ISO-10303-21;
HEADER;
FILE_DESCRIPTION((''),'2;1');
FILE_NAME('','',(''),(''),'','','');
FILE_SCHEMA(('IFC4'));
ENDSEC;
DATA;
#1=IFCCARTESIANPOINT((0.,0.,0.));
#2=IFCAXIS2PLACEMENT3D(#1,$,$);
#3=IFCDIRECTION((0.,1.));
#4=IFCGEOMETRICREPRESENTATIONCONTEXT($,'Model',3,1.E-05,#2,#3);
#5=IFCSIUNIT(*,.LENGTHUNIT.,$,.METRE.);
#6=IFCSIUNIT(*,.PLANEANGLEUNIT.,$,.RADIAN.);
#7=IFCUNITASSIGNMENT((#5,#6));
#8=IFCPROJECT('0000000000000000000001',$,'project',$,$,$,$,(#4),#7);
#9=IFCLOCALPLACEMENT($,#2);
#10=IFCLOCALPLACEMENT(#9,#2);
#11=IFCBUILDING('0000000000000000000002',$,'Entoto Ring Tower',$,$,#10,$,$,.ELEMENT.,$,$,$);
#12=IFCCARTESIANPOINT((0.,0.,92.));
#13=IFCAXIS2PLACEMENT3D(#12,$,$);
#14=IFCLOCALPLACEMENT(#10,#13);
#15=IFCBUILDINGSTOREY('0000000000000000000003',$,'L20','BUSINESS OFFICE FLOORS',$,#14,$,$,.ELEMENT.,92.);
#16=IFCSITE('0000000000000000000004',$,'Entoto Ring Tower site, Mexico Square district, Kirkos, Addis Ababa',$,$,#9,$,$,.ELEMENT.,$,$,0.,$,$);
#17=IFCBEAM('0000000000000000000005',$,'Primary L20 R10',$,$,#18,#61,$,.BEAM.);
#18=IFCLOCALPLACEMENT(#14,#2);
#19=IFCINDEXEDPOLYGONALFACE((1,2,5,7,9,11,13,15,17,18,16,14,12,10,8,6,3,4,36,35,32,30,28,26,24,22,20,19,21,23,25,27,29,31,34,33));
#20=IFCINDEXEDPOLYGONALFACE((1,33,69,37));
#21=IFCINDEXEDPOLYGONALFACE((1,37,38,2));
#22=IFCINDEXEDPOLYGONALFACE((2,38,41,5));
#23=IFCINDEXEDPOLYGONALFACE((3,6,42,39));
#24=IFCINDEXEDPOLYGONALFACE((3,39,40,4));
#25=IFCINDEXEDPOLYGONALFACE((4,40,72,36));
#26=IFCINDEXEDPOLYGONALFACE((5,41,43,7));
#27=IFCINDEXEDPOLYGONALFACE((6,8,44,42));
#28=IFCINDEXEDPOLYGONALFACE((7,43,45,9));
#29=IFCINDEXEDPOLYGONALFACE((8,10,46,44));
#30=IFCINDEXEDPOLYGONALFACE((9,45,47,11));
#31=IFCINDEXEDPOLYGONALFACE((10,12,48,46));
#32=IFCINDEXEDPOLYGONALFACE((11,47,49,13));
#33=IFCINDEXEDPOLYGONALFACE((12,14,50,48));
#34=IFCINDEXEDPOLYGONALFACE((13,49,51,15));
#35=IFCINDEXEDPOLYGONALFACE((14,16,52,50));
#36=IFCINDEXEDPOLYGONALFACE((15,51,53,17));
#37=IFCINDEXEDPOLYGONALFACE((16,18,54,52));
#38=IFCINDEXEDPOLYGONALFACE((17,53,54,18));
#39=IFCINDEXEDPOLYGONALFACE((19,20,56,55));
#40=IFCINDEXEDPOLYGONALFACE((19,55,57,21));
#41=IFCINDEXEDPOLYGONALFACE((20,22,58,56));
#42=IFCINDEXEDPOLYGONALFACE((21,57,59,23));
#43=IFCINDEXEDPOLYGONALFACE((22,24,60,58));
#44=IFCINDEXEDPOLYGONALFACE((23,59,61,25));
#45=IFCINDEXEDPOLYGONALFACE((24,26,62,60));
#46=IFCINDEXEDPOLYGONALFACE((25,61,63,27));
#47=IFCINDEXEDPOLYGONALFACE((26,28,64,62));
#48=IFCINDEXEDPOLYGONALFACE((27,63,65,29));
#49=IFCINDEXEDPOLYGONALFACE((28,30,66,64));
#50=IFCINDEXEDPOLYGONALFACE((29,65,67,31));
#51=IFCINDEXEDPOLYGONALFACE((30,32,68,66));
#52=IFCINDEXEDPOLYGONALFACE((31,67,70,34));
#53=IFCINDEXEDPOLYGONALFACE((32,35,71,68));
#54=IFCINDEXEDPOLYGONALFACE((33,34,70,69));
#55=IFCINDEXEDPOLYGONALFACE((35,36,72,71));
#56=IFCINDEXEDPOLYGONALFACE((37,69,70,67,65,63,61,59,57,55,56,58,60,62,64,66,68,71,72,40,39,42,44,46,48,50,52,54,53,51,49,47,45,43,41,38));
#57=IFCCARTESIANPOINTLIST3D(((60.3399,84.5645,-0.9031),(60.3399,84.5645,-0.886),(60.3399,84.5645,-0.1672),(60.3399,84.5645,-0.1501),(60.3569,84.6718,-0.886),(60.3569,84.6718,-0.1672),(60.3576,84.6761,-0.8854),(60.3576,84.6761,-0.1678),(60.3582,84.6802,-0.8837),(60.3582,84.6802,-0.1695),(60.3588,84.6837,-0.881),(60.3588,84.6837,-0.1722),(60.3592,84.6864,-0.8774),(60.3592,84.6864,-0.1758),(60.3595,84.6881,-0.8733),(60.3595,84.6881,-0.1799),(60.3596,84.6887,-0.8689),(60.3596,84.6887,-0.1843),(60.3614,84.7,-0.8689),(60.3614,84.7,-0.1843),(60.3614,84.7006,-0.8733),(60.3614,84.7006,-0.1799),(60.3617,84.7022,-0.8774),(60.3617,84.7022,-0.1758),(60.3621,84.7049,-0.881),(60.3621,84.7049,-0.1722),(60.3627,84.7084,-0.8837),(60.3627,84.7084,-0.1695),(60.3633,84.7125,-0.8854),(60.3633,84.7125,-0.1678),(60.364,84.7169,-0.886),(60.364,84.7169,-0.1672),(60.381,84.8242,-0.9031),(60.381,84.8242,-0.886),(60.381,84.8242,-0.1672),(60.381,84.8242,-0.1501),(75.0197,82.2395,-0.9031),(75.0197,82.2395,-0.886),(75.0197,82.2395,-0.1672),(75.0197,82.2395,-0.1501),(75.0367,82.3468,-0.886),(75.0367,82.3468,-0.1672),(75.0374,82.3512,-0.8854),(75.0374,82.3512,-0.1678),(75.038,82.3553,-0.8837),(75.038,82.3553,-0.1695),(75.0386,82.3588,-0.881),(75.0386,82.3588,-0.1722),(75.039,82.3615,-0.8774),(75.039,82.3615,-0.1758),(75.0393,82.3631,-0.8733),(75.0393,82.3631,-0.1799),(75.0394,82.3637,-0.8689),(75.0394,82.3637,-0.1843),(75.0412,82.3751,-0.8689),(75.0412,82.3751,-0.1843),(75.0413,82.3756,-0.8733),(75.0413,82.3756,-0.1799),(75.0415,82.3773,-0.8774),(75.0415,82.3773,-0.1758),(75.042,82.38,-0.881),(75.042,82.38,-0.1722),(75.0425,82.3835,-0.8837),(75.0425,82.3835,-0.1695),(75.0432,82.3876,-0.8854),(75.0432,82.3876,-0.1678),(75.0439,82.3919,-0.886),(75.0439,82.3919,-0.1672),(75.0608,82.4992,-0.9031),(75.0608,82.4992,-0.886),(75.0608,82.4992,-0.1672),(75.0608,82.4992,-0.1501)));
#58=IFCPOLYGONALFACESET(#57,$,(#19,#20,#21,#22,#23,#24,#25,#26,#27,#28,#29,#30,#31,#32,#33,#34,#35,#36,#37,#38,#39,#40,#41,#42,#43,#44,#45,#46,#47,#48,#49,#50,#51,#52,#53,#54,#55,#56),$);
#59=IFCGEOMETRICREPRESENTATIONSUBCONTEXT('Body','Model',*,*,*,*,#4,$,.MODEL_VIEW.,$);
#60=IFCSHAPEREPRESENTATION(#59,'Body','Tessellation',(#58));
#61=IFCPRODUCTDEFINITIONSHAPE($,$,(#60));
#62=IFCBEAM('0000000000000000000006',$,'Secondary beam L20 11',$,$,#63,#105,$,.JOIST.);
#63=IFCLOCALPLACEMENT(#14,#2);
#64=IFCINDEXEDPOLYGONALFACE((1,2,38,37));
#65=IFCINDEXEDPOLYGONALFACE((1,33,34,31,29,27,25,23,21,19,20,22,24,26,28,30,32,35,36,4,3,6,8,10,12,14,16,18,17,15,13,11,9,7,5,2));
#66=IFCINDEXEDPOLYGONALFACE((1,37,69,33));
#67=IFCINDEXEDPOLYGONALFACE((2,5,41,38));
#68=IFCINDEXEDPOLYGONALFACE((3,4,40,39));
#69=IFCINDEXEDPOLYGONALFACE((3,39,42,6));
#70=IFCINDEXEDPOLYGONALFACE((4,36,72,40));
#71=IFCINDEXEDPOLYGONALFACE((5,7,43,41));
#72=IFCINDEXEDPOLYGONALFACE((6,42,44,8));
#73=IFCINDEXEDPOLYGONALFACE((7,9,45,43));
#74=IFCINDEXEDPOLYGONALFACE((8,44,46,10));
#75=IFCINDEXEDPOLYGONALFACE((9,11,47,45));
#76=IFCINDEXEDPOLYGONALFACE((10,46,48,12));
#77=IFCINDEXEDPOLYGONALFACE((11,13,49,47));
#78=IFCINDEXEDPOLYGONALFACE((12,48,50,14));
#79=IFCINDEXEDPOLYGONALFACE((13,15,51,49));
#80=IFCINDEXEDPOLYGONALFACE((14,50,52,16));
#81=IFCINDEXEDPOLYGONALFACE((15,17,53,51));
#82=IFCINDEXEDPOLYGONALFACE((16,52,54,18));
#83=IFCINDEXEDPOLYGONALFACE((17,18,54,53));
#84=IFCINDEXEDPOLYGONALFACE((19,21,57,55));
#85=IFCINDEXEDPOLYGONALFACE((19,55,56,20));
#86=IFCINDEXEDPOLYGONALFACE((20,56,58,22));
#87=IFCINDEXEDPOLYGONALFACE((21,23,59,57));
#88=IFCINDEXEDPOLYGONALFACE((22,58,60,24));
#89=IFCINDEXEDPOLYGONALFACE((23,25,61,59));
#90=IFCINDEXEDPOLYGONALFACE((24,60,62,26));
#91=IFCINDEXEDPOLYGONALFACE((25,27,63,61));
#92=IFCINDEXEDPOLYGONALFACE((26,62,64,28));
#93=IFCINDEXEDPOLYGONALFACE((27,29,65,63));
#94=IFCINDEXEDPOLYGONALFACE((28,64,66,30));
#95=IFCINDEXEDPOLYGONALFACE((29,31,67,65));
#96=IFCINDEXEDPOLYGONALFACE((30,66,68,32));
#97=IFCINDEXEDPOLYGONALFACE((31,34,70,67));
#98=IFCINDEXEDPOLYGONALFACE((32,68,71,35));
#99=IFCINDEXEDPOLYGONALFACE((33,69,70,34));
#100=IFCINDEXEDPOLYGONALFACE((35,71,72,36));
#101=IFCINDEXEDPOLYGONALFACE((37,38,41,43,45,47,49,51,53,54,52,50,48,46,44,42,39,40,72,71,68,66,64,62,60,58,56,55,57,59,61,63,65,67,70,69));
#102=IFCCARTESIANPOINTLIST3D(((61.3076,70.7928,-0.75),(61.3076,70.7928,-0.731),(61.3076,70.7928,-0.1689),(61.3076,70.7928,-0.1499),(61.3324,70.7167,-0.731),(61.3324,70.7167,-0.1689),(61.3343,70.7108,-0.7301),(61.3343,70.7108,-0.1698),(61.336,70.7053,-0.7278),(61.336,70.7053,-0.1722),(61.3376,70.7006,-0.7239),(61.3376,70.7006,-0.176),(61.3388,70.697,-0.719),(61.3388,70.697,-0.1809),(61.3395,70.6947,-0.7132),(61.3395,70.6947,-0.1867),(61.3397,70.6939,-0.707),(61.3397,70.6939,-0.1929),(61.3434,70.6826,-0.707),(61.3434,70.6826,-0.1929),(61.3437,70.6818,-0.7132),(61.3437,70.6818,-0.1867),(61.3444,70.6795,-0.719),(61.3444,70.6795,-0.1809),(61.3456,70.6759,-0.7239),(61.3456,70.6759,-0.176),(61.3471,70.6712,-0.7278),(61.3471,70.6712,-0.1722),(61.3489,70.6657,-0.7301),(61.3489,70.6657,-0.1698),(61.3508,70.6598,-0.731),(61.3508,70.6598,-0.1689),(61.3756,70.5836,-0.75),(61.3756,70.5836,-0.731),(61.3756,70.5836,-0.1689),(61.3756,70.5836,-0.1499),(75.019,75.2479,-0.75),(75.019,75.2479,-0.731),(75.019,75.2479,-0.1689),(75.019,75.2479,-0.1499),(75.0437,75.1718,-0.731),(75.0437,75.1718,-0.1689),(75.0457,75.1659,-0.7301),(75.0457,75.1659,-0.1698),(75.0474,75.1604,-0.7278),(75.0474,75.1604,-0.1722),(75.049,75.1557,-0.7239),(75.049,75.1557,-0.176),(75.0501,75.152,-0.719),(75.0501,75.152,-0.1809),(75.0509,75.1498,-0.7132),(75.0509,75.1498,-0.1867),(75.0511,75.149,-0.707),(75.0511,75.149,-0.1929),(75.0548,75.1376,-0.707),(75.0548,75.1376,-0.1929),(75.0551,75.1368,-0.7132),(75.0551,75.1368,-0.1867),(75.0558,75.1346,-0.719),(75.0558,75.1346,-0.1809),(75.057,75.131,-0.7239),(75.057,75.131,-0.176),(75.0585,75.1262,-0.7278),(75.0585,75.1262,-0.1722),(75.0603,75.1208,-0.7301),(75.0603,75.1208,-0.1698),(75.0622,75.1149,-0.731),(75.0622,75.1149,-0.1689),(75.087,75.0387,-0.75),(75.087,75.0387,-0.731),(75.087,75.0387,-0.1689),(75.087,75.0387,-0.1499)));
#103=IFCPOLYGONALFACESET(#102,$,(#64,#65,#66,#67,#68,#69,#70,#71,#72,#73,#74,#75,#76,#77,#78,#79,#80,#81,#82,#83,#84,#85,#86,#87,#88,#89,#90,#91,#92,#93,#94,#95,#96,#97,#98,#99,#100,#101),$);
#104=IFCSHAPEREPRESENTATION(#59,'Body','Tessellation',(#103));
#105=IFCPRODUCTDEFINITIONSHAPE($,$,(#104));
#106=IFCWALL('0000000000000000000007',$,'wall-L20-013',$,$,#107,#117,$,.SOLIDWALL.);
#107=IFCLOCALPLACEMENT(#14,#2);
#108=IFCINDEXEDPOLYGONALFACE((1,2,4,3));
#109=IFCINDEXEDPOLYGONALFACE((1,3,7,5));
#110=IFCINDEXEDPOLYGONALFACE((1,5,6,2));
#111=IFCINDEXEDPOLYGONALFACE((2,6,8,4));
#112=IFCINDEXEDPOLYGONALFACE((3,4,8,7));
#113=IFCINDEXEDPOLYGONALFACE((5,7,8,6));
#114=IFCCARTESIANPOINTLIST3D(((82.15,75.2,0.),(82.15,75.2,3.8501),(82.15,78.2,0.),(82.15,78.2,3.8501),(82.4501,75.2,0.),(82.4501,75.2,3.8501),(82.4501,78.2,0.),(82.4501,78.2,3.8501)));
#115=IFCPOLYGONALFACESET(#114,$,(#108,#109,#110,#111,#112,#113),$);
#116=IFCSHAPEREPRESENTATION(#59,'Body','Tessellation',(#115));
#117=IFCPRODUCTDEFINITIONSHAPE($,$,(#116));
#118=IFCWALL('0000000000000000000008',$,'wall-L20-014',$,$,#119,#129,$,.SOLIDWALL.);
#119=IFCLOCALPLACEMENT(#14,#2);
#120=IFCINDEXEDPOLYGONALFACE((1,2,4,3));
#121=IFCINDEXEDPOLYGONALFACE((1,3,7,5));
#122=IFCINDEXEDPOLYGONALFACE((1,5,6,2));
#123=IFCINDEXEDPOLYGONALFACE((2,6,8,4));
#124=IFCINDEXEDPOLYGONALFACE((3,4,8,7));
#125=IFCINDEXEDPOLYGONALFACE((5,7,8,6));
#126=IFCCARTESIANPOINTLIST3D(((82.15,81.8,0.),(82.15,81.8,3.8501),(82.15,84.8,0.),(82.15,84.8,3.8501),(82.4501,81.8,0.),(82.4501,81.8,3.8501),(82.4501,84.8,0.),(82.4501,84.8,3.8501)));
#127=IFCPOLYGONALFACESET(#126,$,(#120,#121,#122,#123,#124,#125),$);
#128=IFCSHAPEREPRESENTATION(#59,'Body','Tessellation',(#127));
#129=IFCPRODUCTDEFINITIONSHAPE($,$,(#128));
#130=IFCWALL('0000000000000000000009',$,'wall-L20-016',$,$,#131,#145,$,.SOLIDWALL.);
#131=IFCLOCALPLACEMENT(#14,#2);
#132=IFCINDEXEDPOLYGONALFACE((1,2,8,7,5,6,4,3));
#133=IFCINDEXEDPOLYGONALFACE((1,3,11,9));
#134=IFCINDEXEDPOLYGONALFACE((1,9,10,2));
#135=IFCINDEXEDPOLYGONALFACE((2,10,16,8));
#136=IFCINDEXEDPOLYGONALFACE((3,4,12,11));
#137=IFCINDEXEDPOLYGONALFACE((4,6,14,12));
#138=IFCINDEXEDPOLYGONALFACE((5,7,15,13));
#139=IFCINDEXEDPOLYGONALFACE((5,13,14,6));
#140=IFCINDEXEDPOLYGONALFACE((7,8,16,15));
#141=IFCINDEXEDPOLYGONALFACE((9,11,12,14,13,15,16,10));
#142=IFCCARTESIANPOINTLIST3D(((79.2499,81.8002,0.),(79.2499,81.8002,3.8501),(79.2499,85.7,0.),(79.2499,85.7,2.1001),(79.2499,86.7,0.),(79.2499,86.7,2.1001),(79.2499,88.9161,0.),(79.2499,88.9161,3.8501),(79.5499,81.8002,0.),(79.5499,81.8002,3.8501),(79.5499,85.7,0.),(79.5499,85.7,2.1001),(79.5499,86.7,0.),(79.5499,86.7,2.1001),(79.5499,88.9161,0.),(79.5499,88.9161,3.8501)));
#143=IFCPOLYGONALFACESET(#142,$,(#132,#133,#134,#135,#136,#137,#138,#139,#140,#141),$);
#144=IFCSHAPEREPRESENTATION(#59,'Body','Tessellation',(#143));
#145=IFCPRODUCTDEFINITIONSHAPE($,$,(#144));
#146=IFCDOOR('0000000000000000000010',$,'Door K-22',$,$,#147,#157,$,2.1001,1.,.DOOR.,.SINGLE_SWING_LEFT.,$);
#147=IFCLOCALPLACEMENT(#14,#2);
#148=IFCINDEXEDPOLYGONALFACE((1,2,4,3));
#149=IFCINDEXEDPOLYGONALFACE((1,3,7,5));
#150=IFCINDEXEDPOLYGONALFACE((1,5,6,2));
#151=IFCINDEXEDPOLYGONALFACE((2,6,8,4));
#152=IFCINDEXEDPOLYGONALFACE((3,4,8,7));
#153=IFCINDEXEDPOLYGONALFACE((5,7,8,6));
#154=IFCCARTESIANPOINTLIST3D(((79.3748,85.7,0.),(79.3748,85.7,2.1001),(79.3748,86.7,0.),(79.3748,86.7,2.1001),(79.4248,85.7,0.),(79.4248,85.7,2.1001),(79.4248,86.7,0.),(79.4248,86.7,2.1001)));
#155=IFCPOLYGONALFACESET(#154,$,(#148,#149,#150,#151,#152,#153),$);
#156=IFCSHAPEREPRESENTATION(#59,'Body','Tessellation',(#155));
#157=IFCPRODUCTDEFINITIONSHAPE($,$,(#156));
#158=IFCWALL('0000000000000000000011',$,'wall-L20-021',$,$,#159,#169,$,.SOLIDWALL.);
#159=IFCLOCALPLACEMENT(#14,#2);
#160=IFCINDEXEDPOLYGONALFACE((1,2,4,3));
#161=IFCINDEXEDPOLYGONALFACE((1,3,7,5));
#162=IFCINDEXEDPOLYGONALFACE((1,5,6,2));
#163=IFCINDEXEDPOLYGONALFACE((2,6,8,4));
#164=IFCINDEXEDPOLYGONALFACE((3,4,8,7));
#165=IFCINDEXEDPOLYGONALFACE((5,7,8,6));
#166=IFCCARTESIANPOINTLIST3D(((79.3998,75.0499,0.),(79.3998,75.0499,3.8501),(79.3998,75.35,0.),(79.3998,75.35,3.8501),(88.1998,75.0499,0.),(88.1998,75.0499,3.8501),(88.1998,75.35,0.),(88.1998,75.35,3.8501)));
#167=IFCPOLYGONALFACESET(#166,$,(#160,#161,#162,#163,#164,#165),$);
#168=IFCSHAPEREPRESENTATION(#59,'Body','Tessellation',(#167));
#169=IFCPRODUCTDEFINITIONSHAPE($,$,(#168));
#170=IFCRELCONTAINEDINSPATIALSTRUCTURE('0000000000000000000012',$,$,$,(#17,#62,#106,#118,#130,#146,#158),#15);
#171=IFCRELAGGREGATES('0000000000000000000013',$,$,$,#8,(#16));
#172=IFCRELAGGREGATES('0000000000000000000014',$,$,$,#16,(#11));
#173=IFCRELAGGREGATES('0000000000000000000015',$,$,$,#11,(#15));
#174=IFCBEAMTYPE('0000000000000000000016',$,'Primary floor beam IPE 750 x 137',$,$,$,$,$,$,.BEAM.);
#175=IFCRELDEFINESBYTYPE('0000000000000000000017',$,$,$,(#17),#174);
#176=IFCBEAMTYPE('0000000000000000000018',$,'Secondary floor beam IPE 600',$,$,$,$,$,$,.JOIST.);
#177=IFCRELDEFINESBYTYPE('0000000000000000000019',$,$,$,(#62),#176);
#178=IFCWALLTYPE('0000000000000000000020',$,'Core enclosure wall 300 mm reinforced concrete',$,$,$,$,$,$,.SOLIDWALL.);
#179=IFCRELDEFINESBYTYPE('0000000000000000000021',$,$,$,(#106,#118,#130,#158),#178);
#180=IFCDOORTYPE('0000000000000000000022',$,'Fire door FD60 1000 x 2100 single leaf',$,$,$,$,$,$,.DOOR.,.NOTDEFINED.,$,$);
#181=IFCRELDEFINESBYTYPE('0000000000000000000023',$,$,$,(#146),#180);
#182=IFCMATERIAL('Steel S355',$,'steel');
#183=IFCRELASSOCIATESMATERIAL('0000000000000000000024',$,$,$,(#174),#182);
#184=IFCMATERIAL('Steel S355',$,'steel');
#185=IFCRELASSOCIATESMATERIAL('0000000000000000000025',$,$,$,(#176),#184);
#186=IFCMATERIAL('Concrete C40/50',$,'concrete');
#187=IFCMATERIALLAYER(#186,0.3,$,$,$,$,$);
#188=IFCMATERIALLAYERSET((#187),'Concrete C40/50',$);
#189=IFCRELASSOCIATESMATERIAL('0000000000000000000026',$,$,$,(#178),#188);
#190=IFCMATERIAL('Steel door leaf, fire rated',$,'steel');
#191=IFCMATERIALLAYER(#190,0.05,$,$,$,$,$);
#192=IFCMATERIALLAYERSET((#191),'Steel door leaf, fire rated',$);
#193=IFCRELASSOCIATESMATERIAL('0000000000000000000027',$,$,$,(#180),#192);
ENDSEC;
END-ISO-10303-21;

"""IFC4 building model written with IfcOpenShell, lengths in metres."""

from ifc_helpers import new_model, si_unit, direction, frame, frame_2d, origin, origin_2d, place, context, subcontext, project, spatial, rectangle, i_section, extrude, material, layer, layer_set, material_profile, profile_set, type_object, element, fill, save


model = new_model("IFC4")

# Units and contexts
model_context = context("Model", 3, precision=1e-05, world=origin(), true_north=direction((0.0, 1.0)))
body_context = subcontext(model_context, "Body", "Model", "MODEL_VIEW")
ifc_project = project(units=[si_unit("LENGTHUNIT", "METRE"), si_unit("PLANEANGLEUNIT", "RADIAN")], contexts=[model_context])

# Site, building, storey
site_placement = place(None, origin())
site = spatial("IfcSite", under=ifc_project, at=site_placement, Name="Entoto Ring Tower site, Mexico Square district, Kirkos, Addis Ababa", CompositionType="ELEMENT", RefElevation=0.0)
building_placement = place(site_placement, origin())
building = spatial("IfcBuilding", under=site, at=building_placement, Name="Entoto Ring Tower", CompositionType="ELEMENT")
storey_placement = place(building_placement, frame((0.0, 0.0, 92.0)))
storey = spatial("IfcBuildingStorey", under=building, at=storey_placement, Name="L20", Description="BUSINESS OFFICE FLOORS", CompositionType="ELEMENT", Elevation=92.0)

# Beams
ifc_material_1 = material(Name="Steel S355", Category="steel")
ifc_material_profile_1 = material_profile(ifc_material_1, i_section(OverallWidth=0.2629, OverallDepth=0.7529, WebThickness=0.0115, FlangeThickness=0.0171, FilletRadius=0.0171, at=origin_2d()), Name="IPE 750 x 137")
ifc_profile_set_1 = profile_set([ifc_material_profile_1], Name="Steel S355")
beam_type_1 = type_object("IfcBeamType", Name="Primary floor beam IPE 750 x 137", PredefinedType="BEAM", material=ifc_profile_set_1)
beam_1_placement = place(storey_placement, frame((75.0403, 82.3694, -0.5266), z_axis=(-0.98769, 0.156426, 0.0), x_axis=(-0.156426, -0.98769, 0.0)))
element("IfcBeam", 1, at=beam_1_placement, inside=storey, type_object=beam_type_1, Name="Primary L20 R10", PredefinedType="BEAM", context=body_context, shape_type="SweptSolid", body=[
    extrude(i_section(OverallWidth=0.2629, OverallDepth=0.7529, WebThickness=0.0115, FlangeThickness=0.0171, FilletRadius=0.0171, at=origin_2d()), origin(), (0.0, 0.0, 1.0), 14.8628),
])
ifc_material_2 = material(Name="Steel S355", Category="steel")
ifc_material_profile_2 = material_profile(ifc_material_2, i_section(OverallWidth=0.22, OverallDepth=0.6001, WebThickness=0.012, FlangeThickness=0.019, FilletRadius=0.0239, at=origin_2d()), Name="IPE 600")
ifc_profile_set_2 = profile_set([ifc_material_profile_2], Name="Steel S355")
beam_type_2 = type_object("IfcBeamType", Name="Secondary floor beam IPE 600", PredefinedType="JOIST", material=ifc_profile_set_2)
beam_2_placement = place(storey_placement, frame((75.053, 75.1433, -0.45), z_axis=(-0.951057, -0.309015, 0.0), x_axis=(0.309015, -0.951057, 0.0)))
element("IfcBeam", 2, at=beam_2_placement, inside=storey, type_object=beam_type_2, Name="Secondary beam L20 11", PredefinedType="JOIST", context=body_context, shape_type="SweptSolid", body=[
    extrude(i_section(OverallWidth=0.22, OverallDepth=0.6001, WebThickness=0.012, FlangeThickness=0.019, FilletRadius=0.0239, at=origin_2d()), origin(), (0.0, 0.0, 1.0), 14.417),
])

# Walls
ifc_material_3 = material(Name="Concrete C40/50", Category="concrete")
ifc_layer_1 = layer(ifc_material_3, 0.3)
ifc_layer_set_1 = layer_set([ifc_layer_1], Name="Concrete C40/50")
wall_type_1 = type_object("IfcWallType", Name="Core enclosure wall 300 mm reinforced concrete", PredefinedType="SOLIDWALL", material=ifc_layer_set_1)
for number, where, z_axis, x_axis, name in (
    (3, (82.3, 75.2, 0.0), (0.0, 0.0, 1.0), (0.0, 1.0, 0.0), "wall-L20-013"),
    (4, (82.3, 81.8, 0.0), (0.0, 0.0, 1.0), (0.0, 1.0, 0.0), "wall-L20-014"),
):
    element("IfcWall", number, at=place(storey_placement, frame(where, z_axis=z_axis, x_axis=x_axis)), inside=storey, type_object=wall_type_1, Name=name, PredefinedType="SOLIDWALL", context=body_context, shape_type="SweptSolid", body=[
        extrude(rectangle(XDim=3.0, YDim=0.3, at=frame_2d((1.5, 0.0))), origin(), (0.0, 0.0, 1.0), 3.8501),
    ])

# Wall, opening, door
wall_1_placement = place(storey_placement, frame((79.3999, 81.8, 0.0), z_axis=(0.0, 0.0, 1.0), x_axis=(0.0, 1.0, 0.0)))
wall_1 = element("IfcWall", 5, at=wall_1_placement, inside=storey, type_object=wall_type_1, Name="wall-L20-016", PredefinedType="SOLIDWALL", context=body_context, shape_type="SweptSolid", body=[
    extrude(rectangle(XDim=7.116, YDim=0.3, at=frame_2d((3.5581, 0.0))), origin(), (0.0, 0.0, 1.0), 3.8501),
])
opening_1_placement = place(wall_1_placement, frame((3.8999, 0.0, 0.0)))
opening_1 = element("IfcOpeningElement", 6, at=opening_1_placement, cuts=wall_1, PredefinedType="OPENING", context=body_context, shape_type="SweptSolid", body=[
    extrude(rectangle(XDim=1.0, YDim=2.1001, at=frame_2d((0.5, 1.05))), frame((0.0, 0.1602, 0.0), z_axis=(0.0, -1.0, 0.0), x_axis=(1.0, 0.0, 0.0)), (0.0, 0.0, 1.0), 0.3201),
])
ifc_material_4 = material(Name="Steel door leaf, fire rated", Category="steel")
ifc_layer_2 = layer(ifc_material_4, 0.05)
ifc_layer_set_2 = layer_set([ifc_layer_2], Name="Steel door leaf, fire rated")
door_type_1 = type_object("IfcDoorType", Name="Fire door FD60 1000 x 2100 single leaf", OperationType="NOTDEFINED", PredefinedType="DOOR", material=ifc_layer_set_2)
door_1_placement = place(opening_1_placement, frame((1.0, 0.0, 0.0), z_axis=(0.0, 0.0, 1.0), x_axis=(-1.0, 0.0, 0.0)))
door_1 = element("IfcDoor", 7, at=door_1_placement, inside=storey, type_object=door_type_1, Name="Door K-22", OperationType="SINGLE_SWING_LEFT", OverallHeight=2.1001, OverallWidth=1.0, PredefinedType="DOOR", context=body_context, shape_type="SweptSolid", body=[
    extrude(rectangle(XDim=1.0, YDim=2.1001, at=frame_2d((0.5, 1.05))), frame((0.0, 0.0249, 0.0), z_axis=(0.0, -1.0, 0.0), x_axis=(1.0, 0.0, 0.0)), (0.0, 0.0, 1.0), 0.05),
])
fill(opening_1, door_1)

# Wall
wall_2_placement = place(storey_placement, frame((79.3999, 75.2, 0.0), z_axis=(0.0, 0.0, 1.0), x_axis=(1.0, 0.0, 0.0)))
element("IfcWall", 8, at=wall_2_placement, inside=storey, type_object=wall_type_1, Name="wall-L20-021", PredefinedType="SOLIDWALL", context=body_context, shape_type="SweptSolid", body=[
    extrude(rectangle(XDim=8.8, YDim=0.3, at=frame_2d((4.3999, 0.0))), origin(), (0.0, 0.0, 1.0), 3.8501),
])

save(model, "model.ifc")
